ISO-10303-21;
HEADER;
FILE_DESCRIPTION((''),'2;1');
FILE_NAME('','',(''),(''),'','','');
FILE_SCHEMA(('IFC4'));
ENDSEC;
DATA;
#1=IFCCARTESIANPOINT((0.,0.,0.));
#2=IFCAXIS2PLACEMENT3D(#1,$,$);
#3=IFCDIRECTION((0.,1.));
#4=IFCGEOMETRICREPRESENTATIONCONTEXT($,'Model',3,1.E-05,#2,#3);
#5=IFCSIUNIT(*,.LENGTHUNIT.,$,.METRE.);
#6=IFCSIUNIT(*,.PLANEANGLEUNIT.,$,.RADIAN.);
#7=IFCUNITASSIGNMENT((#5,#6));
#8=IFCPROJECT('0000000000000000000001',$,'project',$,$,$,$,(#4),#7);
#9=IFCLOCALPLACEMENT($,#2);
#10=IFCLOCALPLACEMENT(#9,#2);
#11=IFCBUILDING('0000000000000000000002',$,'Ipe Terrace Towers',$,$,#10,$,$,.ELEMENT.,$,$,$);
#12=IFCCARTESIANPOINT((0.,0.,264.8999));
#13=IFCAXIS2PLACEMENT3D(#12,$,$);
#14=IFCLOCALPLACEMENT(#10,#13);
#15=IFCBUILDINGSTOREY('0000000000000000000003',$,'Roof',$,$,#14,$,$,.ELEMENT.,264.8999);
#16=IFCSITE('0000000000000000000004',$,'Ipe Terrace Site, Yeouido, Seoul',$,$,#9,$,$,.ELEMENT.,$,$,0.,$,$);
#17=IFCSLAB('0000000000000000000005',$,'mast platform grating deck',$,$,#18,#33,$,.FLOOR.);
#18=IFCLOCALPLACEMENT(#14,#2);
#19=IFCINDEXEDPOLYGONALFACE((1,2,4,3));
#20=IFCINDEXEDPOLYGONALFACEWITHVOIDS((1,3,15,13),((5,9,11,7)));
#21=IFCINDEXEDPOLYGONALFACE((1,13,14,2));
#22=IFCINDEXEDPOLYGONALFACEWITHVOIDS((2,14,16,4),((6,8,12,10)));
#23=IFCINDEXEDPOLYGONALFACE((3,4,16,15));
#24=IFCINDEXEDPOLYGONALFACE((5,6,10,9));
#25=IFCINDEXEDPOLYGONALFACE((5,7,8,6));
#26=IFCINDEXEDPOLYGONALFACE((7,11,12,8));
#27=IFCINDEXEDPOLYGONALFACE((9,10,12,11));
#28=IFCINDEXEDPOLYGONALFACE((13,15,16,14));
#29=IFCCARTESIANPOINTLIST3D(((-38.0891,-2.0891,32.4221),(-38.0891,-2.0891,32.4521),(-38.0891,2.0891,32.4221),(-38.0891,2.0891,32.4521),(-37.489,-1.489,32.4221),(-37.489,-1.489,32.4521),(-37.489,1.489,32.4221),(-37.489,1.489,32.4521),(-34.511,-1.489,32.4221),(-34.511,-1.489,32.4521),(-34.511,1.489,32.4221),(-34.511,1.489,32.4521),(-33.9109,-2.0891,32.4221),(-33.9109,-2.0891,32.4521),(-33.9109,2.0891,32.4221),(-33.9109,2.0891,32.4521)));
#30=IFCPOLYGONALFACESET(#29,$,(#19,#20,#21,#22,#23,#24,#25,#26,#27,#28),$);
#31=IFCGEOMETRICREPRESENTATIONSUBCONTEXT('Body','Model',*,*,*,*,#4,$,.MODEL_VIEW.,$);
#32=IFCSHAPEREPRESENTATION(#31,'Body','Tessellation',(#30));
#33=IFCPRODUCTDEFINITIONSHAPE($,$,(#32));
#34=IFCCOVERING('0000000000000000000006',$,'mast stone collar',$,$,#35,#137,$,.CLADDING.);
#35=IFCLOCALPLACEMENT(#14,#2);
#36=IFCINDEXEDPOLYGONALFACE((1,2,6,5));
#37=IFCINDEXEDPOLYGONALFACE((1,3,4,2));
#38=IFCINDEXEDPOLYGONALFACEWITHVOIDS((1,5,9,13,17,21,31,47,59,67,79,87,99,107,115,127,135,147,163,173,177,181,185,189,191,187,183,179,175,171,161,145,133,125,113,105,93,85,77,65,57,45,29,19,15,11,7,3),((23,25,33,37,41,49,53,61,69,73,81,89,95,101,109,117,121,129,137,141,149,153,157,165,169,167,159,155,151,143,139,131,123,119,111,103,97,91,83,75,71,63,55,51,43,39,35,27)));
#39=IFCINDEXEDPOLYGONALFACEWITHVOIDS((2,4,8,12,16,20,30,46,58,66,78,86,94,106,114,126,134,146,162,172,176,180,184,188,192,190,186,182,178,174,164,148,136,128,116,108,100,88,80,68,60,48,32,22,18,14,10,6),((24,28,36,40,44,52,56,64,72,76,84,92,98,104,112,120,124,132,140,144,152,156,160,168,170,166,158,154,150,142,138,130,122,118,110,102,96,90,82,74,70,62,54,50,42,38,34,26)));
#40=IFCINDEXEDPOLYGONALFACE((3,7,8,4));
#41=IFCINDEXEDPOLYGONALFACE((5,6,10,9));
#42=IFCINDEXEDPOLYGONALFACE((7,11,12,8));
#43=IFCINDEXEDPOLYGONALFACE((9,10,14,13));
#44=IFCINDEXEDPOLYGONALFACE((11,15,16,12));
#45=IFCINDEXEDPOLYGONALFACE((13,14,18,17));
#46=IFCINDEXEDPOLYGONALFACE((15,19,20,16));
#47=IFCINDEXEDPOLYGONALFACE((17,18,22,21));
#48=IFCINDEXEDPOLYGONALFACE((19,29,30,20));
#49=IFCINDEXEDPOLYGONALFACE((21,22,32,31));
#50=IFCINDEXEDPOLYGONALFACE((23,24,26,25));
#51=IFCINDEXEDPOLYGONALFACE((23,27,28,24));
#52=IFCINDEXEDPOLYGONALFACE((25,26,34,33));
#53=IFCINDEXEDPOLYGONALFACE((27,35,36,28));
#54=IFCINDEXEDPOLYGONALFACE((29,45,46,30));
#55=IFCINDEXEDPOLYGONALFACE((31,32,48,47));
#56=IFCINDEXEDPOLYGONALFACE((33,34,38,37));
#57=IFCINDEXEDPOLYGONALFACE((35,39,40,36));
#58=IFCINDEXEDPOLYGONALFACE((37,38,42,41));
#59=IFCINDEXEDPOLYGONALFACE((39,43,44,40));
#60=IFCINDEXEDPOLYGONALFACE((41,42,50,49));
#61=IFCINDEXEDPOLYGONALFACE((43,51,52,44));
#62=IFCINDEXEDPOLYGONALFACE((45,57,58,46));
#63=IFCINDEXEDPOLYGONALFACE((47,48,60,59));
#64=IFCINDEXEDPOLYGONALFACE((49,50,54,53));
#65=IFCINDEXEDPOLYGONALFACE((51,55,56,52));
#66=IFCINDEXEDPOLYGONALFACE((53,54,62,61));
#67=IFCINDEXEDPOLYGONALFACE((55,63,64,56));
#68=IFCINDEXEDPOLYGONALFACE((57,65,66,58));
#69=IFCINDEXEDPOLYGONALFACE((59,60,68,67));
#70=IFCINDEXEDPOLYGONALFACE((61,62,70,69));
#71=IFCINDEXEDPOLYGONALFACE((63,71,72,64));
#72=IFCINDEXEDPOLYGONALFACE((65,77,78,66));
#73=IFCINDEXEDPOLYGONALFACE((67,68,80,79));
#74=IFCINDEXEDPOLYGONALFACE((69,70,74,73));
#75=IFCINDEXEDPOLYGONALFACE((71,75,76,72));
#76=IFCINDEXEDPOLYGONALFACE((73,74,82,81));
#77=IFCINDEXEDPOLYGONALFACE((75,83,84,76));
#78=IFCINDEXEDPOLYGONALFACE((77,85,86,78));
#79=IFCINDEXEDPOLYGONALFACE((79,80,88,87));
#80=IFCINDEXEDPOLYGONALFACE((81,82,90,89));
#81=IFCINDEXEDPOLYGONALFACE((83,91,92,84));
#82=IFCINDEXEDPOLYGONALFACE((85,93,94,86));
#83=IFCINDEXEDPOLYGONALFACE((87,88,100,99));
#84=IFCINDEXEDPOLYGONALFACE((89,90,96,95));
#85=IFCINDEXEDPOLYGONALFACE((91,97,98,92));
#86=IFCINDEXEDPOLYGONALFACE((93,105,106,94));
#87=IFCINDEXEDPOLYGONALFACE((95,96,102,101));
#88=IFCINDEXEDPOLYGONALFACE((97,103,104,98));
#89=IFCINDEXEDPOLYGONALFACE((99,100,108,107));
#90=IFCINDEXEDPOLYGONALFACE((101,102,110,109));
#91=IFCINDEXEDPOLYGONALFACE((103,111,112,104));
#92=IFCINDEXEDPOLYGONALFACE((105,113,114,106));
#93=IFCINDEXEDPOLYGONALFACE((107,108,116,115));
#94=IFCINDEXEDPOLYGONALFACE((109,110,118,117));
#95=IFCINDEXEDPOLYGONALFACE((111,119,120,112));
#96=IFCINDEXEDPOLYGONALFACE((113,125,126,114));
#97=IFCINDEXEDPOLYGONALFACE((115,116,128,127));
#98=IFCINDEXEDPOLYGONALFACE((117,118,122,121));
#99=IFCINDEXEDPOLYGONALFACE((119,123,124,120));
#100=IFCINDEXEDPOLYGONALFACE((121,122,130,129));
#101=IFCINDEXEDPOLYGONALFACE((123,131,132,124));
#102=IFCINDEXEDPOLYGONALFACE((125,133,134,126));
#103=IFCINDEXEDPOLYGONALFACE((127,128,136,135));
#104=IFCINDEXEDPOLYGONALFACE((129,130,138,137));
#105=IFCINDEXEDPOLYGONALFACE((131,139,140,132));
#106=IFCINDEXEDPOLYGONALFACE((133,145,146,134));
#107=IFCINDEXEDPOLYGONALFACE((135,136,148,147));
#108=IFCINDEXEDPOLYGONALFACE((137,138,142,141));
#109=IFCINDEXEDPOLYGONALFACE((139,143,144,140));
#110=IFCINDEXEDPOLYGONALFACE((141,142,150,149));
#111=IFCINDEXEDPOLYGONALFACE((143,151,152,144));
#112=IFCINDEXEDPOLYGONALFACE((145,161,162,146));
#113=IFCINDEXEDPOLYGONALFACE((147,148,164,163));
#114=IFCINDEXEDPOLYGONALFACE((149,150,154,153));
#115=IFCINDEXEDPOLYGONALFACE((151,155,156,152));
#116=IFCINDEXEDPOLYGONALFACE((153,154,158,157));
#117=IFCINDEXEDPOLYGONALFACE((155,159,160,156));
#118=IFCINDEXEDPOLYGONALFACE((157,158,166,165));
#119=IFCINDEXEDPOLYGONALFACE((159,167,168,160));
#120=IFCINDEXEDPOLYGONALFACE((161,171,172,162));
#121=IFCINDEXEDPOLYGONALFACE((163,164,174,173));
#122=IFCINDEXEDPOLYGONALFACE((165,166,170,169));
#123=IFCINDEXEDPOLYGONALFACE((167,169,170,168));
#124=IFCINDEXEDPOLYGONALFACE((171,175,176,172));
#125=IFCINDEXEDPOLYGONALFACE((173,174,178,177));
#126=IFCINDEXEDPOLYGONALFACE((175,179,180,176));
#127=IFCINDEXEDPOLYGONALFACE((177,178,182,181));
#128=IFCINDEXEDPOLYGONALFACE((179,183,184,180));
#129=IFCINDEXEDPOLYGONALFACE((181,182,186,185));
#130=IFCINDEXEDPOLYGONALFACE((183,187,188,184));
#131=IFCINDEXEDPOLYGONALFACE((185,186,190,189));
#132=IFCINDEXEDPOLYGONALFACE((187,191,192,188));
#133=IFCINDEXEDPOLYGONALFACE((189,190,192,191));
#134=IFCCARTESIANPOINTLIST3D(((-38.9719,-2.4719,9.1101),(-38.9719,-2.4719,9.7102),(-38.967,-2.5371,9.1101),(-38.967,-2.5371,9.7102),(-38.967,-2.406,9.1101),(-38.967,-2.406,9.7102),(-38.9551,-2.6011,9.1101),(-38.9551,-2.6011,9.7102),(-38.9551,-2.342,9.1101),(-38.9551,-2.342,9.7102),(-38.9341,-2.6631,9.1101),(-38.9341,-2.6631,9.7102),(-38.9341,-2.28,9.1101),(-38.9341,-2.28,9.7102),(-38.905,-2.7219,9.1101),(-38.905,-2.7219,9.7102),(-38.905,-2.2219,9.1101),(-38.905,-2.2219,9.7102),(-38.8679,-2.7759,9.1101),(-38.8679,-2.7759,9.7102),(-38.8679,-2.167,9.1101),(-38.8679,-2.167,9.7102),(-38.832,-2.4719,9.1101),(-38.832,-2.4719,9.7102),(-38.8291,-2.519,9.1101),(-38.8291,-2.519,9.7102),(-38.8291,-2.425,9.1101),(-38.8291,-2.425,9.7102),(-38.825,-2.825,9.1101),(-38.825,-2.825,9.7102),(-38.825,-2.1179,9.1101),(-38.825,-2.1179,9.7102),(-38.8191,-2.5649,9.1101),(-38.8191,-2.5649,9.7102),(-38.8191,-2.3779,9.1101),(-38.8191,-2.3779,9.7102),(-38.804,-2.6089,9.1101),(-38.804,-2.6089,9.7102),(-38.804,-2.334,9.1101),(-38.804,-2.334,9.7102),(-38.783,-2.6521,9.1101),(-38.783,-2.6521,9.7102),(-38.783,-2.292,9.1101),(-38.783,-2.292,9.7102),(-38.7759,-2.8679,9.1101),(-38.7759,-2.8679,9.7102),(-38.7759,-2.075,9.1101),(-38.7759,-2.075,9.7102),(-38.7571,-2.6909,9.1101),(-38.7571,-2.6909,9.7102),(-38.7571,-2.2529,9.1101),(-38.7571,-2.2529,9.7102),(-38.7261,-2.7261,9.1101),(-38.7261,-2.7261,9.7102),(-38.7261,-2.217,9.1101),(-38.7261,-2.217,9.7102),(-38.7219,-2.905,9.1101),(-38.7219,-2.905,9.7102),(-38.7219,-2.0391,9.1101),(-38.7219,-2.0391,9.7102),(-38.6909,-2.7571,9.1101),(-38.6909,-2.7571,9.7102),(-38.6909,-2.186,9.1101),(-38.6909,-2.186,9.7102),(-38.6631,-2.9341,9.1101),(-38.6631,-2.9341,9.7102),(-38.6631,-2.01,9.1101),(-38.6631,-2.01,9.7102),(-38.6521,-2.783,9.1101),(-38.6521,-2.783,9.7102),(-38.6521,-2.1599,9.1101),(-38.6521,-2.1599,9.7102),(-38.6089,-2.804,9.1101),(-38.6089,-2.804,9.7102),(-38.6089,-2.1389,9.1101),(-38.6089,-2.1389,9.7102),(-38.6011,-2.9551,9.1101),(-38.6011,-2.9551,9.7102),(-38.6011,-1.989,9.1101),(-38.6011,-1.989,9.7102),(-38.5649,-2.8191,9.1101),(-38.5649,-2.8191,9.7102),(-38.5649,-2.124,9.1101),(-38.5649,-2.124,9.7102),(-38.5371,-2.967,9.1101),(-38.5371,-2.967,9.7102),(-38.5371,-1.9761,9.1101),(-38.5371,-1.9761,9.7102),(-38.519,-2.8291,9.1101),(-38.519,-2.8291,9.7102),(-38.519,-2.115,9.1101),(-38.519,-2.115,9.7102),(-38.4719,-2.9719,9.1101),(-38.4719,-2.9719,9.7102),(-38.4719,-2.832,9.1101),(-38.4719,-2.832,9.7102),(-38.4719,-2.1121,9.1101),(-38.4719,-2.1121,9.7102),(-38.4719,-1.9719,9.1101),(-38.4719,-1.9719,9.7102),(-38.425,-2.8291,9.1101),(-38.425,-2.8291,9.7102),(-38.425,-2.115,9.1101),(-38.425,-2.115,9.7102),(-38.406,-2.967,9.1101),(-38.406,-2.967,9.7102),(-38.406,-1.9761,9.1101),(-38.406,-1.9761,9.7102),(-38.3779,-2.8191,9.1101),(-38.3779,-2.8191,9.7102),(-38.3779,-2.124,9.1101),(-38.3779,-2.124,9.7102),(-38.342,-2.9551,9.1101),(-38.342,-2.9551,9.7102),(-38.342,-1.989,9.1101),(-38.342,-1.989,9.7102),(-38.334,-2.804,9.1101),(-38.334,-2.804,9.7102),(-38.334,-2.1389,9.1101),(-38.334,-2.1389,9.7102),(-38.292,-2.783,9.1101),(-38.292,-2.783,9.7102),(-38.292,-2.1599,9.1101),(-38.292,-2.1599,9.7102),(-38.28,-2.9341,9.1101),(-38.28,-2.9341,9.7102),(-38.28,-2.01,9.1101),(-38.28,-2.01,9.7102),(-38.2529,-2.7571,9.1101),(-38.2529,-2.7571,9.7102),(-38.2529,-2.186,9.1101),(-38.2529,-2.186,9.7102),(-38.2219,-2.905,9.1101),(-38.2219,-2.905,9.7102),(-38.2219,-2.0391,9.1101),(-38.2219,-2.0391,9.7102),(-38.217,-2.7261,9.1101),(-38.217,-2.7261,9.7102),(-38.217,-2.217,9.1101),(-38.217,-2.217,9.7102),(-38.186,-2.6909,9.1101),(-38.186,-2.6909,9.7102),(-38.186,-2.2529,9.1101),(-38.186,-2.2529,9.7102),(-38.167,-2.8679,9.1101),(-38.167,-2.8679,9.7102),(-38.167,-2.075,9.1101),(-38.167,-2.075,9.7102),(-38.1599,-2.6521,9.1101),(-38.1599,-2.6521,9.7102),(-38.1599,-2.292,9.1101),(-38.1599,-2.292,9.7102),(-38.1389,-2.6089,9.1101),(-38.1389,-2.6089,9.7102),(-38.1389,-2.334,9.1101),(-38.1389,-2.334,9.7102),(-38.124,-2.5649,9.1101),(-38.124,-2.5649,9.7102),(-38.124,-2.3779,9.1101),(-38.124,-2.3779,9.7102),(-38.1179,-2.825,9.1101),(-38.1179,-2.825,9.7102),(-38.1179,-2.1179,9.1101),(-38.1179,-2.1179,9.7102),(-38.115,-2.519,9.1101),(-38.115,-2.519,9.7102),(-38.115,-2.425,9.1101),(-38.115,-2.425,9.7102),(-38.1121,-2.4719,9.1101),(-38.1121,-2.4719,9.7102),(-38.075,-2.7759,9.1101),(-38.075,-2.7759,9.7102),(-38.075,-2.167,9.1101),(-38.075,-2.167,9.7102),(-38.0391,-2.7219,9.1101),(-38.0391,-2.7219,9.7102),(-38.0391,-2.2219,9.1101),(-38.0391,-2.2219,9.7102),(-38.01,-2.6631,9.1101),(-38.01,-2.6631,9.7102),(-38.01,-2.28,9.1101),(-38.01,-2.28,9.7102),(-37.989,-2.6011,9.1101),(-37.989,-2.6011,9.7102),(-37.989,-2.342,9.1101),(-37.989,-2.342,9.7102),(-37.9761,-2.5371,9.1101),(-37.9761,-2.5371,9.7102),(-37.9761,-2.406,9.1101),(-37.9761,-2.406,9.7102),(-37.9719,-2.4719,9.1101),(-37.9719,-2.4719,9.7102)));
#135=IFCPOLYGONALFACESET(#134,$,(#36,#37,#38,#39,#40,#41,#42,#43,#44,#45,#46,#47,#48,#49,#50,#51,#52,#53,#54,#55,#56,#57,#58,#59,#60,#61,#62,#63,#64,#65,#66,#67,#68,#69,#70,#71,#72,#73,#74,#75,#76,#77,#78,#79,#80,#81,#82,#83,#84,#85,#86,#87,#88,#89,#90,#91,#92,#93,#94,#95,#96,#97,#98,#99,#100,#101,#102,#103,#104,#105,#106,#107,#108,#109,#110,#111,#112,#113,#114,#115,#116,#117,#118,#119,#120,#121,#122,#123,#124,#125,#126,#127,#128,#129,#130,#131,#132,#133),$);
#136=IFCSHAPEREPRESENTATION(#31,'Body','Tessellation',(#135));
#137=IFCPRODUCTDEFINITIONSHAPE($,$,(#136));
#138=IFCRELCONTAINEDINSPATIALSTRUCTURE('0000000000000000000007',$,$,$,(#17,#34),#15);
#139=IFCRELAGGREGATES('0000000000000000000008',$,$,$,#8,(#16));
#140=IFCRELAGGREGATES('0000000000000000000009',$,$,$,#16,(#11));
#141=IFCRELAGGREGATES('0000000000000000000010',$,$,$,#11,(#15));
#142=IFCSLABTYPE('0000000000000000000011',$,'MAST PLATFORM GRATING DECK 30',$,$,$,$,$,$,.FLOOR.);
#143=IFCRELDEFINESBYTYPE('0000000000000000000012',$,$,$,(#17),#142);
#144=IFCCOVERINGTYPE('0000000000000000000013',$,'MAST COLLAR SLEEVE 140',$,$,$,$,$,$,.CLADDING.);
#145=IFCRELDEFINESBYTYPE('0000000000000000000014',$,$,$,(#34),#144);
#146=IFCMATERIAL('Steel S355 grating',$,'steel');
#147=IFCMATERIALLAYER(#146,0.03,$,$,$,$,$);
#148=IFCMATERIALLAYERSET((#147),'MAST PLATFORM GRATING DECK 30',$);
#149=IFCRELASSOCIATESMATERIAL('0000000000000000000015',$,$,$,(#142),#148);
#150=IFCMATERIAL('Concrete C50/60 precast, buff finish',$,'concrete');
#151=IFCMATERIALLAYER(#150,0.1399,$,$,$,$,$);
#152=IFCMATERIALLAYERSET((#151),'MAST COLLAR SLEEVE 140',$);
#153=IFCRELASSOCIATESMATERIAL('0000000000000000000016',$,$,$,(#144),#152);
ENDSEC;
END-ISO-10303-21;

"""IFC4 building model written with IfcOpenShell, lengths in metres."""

from ifc_helpers import new_model, si_unit, direction, frame, origin, place, context, subcontext, project, spatial, polyline, outline, extrude, material, layer, layer_set, type_object, element, save


model = new_model("IFC4")

# Units and contexts
model_context = context("Model", 3, precision=1e-05, world=origin(), true_north=direction((0.0, 1.0)))
body_context = subcontext(model_context, "Body", "Model", "MODEL_VIEW")
ifc_project = project(units=[si_unit("LENGTHUNIT", "METRE"), si_unit("PLANEANGLEUNIT", "RADIAN")], contexts=[model_context])

# Site, building, storey
site_placement = place(None, origin())
site = spatial("IfcSite", under=ifc_project, at=site_placement, Name="Ipe Terrace Site, Yeouido, Seoul", CompositionType="ELEMENT", RefElevation=0.0)
building_placement = place(site_placement, origin())
building = spatial("IfcBuilding", under=site, at=building_placement, Name="Ipe Terrace Towers", CompositionType="ELEMENT")
storey_placement = place(building_placement, frame((0.0, 0.0, 264.8999)))
storey = spatial("IfcBuildingStorey", under=building, at=storey_placement, Name="Roof", CompositionType="ELEMENT", Elevation=264.8999)

# Slab
ifc_material_1 = material(Name="Steel S355 grating", Category="steel")
ifc_layer_1 = layer(ifc_material_1, 0.03)
ifc_layer_set_1 = layer_set([ifc_layer_1], Name="MAST PLATFORM GRATING DECK 30")
slab_type = type_object("IfcSlabType", Name="MAST PLATFORM GRATING DECK 30", PredefinedType="FLOOR", material=ifc_layer_set_1)
slab_1_placement = place(storey_placement, frame((0.0, 0.0, 32.4221)))
element("IfcSlab", 1, at=slab_1_placement, inside=storey, type_object=slab_type, Name="mast platform grating deck", PredefinedType="FLOOR", context=body_context, shape_type="SweptSolid", body=[
    extrude(outline(polyline([(-38.0891, -2.0891), (-33.9109, -2.0891), (-33.9109, 2.0891), (-38.0891, 2.0891), (-38.0891, -2.0891)]), holes=[polyline([(-37.489, -1.489), (-34.511, -1.489), (-34.511, 1.489), (-37.489, 1.489), (-37.489, -1.489)])]), origin(), (0.0, 0.0, 1.0), 0.03),
])

# Covering
ifc_material_2 = material(Name="Concrete C50/60 precast, buff finish", Category="concrete")
ifc_layer_2 = layer(ifc_material_2, 0.1399)
ifc_layer_set_2 = layer_set([ifc_layer_2], Name="MAST COLLAR SLEEVE 140")
covering_type = type_object("IfcCoveringType", Name="MAST COLLAR SLEEVE 140", PredefinedType="CLADDING", material=ifc_layer_set_2)
covering_1_placement = place(storey_placement, frame((0.0, 0.0, 9.1101)))
element("IfcCovering", 2, at=covering_1_placement, inside=storey, type_object=covering_type, Name="mast stone collar", PredefinedType="CLADDING", context=body_context, shape_type="SweptSolid", body=[
    extrude(outline(polyline([(-37.9761, -2.5371), (-37.989, -2.6011), (-38.01, -2.6631), (-38.0391, -2.7219), (-38.075, -2.7759), (-38.1179, -2.825), (-38.167, -2.8679), (-38.2219, -2.905), (-38.28, -2.9341), (-38.342, -2.9551), (-38.406, -2.967), (-38.4719, -2.9719), (-38.5371, -2.967), (-38.6011, -2.9551), (-38.6631, -2.9341), (-38.7219, -2.905), (-38.7759, -2.8679), (-38.825, -2.825), (-38.8679, -2.7759), (-38.905, -2.7219), (-38.9341, -2.6631), (-38.9551, -2.6011), (-38.967, -2.5371), (-38.9719, -2.4719), (-38.967, -2.406), (-38.9551, -2.342), (-38.9341, -2.28), (-38.905, -2.2219), (-38.8679, -2.167), (-38.825, -2.1179), (-38.7759, -2.075), (-38.7219, -2.0391), (-38.6631, -2.01), (-38.6011, -1.989), (-38.5371, -1.9761), (-38.4719, -1.9719), (-38.406, -1.9761), (-38.342, -1.989), (-38.28, -2.01), (-38.2219, -2.0391), (-38.167, -2.075), (-38.1179, -2.1179), (-38.075, -2.167), (-38.0391, -2.2219), (-38.01, -2.28), (-37.989, -2.342), (-37.9761, -2.406), (-37.9719, -2.4719), (-37.9761, -2.5371)]), holes=[polyline([(-38.115, -2.425), (-38.124, -2.3779), (-38.1389, -2.334), (-38.1599, -2.292), (-38.186, -2.2529), (-38.217, -2.217), (-38.2529, -2.186), (-38.292, -2.1599), (-38.334, -2.1389), (-38.3779, -2.124), (-38.425, -2.115), (-38.4719, -2.1121), (-38.519, -2.115), (-38.5649, -2.124), (-38.6089, -2.1389), (-38.6521, -2.1599), (-38.6909, -2.186), (-38.7261, -2.217), (-38.7571, -2.2529), (-38.783, -2.292), (-38.804, -2.334), (-38.8191, -2.3779), (-38.8291, -2.425), (-38.832, -2.4719), (-38.8291, -2.519), (-38.8191, -2.5649), (-38.804, -2.6089), (-38.783, -2.6521), (-38.7571, -2.6909), (-38.7261, -2.7261), (-38.6909, -2.7571), (-38.6521, -2.783), (-38.6089, -2.804), (-38.5649, -2.8191), (-38.519, -2.8291), (-38.4719, -2.832), (-38.425, -2.8291), (-38.3779, -2.8191), (-38.334, -2.804), (-38.292, -2.783), (-38.2529, -2.7571), (-38.217, -2.7261), (-38.186, -2.6909), (-38.1599, -2.6521), (-38.1389, -2.6089), (-38.124, -2.5649), (-38.115, -2.519), (-38.1121, -2.4719), (-38.115, -2.425)])]), origin(), (0.0, 0.0, 1.0), 0.6001),
])

save(model, "model.ifc")
